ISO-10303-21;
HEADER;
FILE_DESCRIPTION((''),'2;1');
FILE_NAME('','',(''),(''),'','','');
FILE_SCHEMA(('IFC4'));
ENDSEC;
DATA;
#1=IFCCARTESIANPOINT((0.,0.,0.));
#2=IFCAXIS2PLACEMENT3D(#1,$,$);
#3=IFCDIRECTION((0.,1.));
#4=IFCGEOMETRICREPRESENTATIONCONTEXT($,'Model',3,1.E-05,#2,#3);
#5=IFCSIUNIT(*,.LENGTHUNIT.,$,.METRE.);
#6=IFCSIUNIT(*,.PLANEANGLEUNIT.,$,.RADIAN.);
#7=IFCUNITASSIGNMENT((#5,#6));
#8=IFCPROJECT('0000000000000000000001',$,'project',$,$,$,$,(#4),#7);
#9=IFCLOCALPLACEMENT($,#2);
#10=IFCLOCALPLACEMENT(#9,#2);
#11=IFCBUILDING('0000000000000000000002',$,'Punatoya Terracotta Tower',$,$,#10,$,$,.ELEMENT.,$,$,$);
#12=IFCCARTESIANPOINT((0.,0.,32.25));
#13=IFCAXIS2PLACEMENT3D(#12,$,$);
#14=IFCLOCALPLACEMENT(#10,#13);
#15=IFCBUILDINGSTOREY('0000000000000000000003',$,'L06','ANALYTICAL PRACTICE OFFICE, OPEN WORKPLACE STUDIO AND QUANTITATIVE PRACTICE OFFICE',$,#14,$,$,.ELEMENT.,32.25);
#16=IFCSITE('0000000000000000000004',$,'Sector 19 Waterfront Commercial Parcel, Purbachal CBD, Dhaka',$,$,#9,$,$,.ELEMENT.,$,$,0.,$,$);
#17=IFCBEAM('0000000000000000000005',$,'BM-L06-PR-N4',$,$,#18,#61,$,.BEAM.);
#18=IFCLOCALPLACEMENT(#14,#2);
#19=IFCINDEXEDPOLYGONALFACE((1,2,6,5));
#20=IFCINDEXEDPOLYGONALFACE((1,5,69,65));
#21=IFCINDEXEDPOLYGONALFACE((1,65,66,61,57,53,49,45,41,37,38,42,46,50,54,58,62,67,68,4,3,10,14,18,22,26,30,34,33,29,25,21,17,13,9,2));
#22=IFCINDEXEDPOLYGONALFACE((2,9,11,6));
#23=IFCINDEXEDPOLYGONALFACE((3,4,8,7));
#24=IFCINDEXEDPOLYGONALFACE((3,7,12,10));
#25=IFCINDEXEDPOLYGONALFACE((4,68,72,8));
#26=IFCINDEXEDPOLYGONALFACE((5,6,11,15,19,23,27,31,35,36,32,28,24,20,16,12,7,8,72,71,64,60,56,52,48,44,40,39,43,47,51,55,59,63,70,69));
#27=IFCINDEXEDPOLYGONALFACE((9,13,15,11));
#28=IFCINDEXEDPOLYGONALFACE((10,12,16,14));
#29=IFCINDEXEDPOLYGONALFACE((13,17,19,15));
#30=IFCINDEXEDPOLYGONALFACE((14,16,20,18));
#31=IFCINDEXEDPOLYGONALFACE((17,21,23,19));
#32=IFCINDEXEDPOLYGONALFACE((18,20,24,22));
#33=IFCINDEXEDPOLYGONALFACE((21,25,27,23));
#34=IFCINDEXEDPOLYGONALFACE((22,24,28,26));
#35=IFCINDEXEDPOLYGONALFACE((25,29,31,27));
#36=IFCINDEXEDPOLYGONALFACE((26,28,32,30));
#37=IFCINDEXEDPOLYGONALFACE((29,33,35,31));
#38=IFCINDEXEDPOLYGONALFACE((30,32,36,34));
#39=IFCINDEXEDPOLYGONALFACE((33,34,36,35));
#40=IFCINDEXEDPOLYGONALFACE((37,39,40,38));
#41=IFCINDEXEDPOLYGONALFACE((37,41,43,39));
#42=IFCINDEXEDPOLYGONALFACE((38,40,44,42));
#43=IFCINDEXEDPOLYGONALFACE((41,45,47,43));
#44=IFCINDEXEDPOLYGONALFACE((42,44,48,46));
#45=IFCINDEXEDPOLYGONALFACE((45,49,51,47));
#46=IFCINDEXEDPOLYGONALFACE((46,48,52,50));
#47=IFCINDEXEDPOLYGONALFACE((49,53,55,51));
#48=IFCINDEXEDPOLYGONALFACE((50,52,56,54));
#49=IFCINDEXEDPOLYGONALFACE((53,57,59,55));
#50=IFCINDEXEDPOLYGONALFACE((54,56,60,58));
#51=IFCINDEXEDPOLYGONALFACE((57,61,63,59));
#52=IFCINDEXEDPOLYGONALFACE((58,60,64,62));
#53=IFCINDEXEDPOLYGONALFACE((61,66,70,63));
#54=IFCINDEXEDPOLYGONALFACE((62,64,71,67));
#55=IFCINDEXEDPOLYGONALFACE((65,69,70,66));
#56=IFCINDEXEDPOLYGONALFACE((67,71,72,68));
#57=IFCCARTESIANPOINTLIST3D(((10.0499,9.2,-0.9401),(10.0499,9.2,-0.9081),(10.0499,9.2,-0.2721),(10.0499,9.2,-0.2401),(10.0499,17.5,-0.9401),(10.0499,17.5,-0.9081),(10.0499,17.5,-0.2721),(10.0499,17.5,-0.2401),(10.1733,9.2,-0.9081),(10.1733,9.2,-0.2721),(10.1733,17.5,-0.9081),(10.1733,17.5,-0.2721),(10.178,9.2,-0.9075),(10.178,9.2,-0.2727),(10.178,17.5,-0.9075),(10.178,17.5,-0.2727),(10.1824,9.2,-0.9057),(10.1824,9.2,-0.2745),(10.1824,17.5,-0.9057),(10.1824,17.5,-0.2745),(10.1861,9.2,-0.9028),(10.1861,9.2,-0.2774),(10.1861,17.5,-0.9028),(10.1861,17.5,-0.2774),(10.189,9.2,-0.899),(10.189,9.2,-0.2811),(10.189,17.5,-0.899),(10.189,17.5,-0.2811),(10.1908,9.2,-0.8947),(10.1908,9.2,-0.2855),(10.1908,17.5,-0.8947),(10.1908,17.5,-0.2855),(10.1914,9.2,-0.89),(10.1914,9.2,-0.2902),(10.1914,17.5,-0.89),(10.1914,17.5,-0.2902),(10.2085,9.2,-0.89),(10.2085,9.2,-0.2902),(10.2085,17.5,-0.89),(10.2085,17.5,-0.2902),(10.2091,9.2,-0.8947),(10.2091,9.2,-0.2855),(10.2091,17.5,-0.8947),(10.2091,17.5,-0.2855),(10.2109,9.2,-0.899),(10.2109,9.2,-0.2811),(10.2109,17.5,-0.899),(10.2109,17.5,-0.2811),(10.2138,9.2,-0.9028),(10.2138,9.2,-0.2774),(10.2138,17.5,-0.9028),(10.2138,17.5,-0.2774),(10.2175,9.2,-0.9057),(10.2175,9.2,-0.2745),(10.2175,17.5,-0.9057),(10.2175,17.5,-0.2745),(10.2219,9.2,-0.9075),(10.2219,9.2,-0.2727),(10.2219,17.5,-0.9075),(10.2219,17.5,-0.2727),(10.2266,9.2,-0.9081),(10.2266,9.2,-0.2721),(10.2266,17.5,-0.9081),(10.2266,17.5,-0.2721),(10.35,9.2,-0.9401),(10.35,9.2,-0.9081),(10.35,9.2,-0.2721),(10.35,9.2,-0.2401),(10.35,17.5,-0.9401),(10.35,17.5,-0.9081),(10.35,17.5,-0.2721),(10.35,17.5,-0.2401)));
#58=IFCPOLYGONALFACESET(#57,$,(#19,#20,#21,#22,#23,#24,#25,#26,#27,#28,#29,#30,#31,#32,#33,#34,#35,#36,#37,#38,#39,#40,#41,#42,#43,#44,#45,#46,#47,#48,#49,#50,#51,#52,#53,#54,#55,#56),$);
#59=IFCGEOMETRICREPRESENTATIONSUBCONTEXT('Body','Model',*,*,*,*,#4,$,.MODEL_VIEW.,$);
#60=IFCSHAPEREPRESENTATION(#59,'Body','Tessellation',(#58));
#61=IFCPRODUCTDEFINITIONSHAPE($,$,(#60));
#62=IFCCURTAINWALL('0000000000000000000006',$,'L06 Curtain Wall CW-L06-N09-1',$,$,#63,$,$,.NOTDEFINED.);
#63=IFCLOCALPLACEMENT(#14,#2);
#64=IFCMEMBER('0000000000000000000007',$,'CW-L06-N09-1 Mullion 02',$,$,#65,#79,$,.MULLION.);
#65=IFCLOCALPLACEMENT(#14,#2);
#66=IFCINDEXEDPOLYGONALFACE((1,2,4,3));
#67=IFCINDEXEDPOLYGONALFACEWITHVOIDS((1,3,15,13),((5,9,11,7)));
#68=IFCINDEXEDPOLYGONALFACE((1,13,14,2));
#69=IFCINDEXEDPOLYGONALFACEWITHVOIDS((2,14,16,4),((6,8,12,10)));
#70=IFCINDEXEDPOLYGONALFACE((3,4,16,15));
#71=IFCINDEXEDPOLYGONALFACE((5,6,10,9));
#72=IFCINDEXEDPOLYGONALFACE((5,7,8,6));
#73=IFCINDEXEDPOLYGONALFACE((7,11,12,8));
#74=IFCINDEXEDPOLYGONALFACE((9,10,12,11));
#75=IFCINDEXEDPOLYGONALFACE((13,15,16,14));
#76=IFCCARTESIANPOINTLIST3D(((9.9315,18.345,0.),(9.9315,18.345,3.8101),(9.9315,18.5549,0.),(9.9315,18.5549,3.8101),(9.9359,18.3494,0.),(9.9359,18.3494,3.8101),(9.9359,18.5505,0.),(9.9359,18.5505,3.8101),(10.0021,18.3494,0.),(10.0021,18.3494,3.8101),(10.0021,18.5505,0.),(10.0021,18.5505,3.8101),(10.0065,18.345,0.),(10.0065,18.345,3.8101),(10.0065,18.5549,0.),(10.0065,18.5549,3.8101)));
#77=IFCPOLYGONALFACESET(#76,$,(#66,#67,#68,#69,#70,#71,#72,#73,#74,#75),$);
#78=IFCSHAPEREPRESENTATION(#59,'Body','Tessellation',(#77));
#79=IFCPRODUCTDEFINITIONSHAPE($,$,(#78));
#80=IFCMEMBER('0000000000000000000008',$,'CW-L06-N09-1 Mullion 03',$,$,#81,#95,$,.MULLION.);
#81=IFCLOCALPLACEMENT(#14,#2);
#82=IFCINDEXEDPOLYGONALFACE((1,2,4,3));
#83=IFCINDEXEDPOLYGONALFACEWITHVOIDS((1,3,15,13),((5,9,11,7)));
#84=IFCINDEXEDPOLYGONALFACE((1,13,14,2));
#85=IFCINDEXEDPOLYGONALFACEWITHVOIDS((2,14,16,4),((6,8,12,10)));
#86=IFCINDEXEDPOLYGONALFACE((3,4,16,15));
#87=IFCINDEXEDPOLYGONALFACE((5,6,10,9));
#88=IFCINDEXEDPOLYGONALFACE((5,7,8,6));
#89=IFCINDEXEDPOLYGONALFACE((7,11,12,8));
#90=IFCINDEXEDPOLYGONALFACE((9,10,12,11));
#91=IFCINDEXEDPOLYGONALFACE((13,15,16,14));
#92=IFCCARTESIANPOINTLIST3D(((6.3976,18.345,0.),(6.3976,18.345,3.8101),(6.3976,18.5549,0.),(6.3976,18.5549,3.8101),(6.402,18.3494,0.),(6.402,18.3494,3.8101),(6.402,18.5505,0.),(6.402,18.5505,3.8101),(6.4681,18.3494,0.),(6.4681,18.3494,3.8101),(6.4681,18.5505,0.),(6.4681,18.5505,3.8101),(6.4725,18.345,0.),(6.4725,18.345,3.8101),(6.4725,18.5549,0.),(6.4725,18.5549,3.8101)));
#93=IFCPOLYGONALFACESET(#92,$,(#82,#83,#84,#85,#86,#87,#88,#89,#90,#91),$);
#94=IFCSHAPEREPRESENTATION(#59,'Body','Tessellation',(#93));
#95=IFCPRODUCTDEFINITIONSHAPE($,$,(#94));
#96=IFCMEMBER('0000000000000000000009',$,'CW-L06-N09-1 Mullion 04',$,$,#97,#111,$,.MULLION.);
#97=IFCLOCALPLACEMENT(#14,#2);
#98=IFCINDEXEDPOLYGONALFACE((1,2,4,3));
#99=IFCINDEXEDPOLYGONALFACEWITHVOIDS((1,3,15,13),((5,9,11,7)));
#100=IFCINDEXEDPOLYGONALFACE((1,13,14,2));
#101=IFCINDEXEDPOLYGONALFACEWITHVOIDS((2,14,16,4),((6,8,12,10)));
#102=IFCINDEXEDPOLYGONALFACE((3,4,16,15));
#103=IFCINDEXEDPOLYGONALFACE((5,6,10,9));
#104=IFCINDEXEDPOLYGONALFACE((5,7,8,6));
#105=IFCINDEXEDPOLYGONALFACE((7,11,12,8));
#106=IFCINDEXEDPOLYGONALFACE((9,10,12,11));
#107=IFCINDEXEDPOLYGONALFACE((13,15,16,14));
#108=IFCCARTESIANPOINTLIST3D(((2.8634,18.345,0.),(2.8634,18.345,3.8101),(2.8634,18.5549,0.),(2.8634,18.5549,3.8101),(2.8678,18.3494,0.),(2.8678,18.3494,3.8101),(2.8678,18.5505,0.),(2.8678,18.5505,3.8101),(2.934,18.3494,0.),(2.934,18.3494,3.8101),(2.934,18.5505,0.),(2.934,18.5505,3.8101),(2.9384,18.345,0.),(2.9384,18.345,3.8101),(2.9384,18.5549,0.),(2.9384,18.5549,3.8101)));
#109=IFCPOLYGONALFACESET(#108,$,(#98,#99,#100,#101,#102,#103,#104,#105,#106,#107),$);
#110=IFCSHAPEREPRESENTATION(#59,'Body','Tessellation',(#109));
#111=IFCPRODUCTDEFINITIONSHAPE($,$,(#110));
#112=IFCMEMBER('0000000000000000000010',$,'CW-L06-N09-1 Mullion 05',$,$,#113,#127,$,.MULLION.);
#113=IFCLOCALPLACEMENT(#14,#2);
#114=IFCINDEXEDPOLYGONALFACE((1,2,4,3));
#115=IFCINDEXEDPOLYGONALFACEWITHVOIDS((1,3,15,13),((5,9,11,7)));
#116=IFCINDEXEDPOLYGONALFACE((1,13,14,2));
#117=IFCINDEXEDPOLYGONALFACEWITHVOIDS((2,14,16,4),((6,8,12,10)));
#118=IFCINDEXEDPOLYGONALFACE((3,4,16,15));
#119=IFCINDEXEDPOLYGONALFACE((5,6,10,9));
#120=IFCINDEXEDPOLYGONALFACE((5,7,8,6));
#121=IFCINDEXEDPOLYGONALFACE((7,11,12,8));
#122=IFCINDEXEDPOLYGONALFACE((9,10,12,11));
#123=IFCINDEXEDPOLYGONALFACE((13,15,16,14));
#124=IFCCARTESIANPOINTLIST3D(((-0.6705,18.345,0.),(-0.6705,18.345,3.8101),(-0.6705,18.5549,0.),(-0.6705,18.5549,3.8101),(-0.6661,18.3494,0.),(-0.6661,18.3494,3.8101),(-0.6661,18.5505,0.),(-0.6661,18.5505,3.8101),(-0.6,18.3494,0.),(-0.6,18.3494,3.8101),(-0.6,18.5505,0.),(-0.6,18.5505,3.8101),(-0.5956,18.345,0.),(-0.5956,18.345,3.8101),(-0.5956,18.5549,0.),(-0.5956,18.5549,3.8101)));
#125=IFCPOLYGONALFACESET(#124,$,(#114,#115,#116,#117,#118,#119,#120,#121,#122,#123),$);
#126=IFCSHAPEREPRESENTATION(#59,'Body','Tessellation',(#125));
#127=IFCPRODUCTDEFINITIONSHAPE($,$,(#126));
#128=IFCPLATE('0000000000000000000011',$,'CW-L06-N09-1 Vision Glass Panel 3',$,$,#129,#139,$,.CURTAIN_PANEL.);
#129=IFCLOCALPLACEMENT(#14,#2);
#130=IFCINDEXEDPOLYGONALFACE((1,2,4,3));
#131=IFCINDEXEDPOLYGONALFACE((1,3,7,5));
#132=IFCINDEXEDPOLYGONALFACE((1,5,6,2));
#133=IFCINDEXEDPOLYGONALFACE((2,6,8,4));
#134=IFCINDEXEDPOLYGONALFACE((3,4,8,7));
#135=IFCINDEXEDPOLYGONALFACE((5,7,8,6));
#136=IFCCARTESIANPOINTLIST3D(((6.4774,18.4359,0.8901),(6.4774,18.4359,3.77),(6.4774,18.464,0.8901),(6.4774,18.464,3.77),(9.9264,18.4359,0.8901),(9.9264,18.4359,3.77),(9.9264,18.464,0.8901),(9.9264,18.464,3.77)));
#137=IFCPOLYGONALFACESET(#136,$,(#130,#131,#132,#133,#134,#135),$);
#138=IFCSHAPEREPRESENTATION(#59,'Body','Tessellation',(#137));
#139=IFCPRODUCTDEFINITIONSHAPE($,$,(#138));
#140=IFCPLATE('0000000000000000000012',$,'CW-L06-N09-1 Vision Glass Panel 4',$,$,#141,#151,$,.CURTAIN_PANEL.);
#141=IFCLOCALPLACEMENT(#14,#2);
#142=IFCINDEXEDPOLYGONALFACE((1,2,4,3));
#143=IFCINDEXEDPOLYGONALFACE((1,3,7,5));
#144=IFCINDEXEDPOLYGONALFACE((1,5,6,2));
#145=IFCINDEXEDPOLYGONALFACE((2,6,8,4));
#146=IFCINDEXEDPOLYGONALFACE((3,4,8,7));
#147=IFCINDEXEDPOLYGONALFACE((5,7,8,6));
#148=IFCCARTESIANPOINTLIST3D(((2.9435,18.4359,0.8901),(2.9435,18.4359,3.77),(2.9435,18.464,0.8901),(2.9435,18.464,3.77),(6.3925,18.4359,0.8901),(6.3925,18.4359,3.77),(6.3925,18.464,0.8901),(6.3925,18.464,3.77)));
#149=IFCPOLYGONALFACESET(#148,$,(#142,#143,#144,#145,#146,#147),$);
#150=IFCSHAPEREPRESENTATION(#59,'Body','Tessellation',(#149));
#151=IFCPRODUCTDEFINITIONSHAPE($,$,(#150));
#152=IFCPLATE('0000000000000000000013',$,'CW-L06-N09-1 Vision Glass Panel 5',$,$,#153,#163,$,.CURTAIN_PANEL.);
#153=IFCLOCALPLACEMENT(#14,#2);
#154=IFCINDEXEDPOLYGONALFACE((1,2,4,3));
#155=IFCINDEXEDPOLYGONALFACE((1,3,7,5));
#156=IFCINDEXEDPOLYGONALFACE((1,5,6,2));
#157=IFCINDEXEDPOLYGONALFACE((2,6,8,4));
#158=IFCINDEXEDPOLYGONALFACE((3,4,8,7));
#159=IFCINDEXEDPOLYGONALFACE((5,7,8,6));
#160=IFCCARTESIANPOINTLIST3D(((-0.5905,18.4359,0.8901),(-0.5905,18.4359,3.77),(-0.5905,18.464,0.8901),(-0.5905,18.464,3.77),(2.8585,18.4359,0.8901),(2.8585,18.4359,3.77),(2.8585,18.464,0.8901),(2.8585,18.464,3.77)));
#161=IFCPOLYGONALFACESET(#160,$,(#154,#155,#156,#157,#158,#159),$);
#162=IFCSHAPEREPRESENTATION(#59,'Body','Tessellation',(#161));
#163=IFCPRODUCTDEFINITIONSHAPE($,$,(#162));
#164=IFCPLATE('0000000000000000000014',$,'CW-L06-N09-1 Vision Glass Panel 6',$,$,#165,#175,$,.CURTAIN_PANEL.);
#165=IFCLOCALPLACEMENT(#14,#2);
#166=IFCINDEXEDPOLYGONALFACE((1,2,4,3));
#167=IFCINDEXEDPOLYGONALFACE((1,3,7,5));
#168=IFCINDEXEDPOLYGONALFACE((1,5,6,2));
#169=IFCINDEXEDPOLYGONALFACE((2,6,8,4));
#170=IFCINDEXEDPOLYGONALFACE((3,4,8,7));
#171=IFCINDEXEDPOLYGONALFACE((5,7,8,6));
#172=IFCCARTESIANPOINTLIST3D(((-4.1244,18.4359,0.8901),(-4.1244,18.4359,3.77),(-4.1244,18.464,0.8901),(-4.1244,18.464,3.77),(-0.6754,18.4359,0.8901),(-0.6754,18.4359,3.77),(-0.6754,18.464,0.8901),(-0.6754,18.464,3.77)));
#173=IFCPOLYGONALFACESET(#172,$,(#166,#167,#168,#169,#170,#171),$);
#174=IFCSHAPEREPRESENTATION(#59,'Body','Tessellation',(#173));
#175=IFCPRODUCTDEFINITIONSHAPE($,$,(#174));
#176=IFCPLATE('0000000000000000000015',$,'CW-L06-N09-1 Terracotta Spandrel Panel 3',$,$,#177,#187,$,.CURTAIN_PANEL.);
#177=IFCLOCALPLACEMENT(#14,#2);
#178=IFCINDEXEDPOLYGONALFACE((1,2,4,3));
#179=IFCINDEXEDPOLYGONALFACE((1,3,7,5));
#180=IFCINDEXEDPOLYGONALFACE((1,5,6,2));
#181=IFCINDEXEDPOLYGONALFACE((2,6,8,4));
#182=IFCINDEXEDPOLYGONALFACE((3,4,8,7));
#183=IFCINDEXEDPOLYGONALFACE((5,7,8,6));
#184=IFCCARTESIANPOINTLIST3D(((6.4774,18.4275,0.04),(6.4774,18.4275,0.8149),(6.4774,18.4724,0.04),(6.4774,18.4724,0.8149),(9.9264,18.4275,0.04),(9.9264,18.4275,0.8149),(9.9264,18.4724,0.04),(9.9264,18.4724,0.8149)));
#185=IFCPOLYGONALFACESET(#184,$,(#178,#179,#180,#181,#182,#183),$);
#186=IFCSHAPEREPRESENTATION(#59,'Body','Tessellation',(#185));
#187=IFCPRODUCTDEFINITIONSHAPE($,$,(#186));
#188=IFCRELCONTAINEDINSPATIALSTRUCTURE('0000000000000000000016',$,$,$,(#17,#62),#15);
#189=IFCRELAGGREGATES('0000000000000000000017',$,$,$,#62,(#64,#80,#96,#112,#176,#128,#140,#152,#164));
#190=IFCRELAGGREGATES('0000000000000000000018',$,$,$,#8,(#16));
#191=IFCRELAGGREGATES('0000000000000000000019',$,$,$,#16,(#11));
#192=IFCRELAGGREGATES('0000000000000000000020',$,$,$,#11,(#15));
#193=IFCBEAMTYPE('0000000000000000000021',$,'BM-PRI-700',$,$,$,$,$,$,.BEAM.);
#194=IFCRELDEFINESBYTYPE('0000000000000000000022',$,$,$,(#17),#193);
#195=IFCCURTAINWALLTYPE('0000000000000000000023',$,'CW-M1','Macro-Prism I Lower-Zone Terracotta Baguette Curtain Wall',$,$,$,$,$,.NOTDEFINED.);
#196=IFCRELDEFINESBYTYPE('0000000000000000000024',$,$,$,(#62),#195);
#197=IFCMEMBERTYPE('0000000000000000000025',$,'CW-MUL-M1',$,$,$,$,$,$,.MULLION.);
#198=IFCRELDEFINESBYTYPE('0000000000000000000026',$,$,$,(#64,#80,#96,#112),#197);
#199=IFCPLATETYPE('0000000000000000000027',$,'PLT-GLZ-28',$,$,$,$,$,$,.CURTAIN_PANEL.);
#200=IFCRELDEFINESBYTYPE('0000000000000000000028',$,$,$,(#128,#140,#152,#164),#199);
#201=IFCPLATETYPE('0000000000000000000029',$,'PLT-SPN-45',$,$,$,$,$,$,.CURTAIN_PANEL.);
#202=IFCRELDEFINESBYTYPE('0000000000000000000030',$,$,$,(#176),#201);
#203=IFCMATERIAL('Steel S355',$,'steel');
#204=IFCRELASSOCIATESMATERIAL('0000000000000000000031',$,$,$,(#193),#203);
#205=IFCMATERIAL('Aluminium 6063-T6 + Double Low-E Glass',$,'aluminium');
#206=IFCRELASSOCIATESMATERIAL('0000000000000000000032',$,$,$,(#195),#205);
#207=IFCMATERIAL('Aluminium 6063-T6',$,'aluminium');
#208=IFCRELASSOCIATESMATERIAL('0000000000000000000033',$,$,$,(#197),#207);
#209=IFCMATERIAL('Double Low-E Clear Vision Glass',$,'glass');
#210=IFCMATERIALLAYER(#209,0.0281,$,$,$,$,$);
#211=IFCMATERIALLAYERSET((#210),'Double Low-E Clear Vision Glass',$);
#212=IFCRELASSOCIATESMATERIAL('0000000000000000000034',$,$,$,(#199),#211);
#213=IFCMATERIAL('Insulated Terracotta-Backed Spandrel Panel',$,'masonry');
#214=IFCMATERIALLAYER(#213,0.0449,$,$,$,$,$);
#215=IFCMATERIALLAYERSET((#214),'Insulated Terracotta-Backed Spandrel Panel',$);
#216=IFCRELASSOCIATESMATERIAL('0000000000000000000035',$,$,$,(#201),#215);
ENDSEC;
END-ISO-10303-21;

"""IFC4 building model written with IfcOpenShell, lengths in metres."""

from ifc_helpers import new_model, si_unit, direction, frame, origin, origin_2d, place, context, subcontext, project, spatial, rectangle, hollow_rectangle, i_section, extrude, material, layer, layer_set, material_profile, profile_set, type_object, element, aggregate, save


model = new_model("IFC4")

# Units and contexts
model_context = context("Model", 3, precision=1e-05, world=origin(), true_north=direction((0.0, 1.0)))
body_context = subcontext(model_context, "Body", "Model", "MODEL_VIEW")
ifc_project = project(units=[si_unit("LENGTHUNIT", "METRE"), si_unit("PLANEANGLEUNIT", "RADIAN")], contexts=[model_context])

# Site, building, storey
site_placement = place(None, origin())
site = spatial("IfcSite", under=ifc_project, at=site_placement, Name="Sector 19 Waterfront Commercial Parcel, Purbachal CBD, Dhaka", CompositionType="ELEMENT", RefElevation=0.0)
building_placement = place(site_placement, origin())
building = spatial("IfcBuilding", under=site, at=building_placement, Name="Punatoya Terracotta Tower", CompositionType="ELEMENT")
storey_placement = place(building_placement, frame((0.0, 0.0, 32.25)))
storey = spatial("IfcBuildingStorey", under=building, at=storey_placement, Name="L06", Description="ANALYTICAL PRACTICE OFFICE, OPEN WORKPLACE STUDIO AND QUANTITATIVE PRACTICE OFFICE", CompositionType="ELEMENT", Elevation=32.25)

# Beam
ifc_material_1 = material(Name="Steel S355", Category="steel")
ifc_material_profile_1 = material_profile(ifc_material_1, i_section(OverallWidth=0.3, OverallDepth=0.7, WebThickness=0.0171, FlangeThickness=0.032, FilletRadius=0.0181, at=origin_2d()))
ifc_profile_set_1 = profile_set([ifc_material_profile_1], Name="Steel S355")
beam_type = type_object("IfcBeamType", Name="BM-PRI-700", PredefinedType="BEAM", material=ifc_profile_set_1)
for number, where, z_axis, x_axis, name in (
    (1, (10.2, 9.2, -0.5901), (0.0, 1.0, 0.0), (-1.0, 0.0, 0.0), "BM-L06-PR-N4"),
):
    element("IfcBeam", number, at=place(storey_placement, frame(where, z_axis=z_axis, x_axis=x_axis)), inside=storey, type_object=beam_type, Name=name, PredefinedType="BEAM", context=body_context, shape_type="SweptSolid", body=[
        extrude(i_section(OverallWidth=0.3, OverallDepth=0.7, WebThickness=0.0171, FlangeThickness=0.032, FilletRadius=0.0181, at=origin_2d()), origin(), (0.0, 0.0, 1.0), 8.3),
    ])

# Curtain wall, members, plates
ifc_material_2 = material(Name="Aluminium 6063-T6 + Double Low-E Glass", Category="aluminium")
curtain_wall_type = type_object("IfcCurtainWallType", Name="CW-M1", Description="Macro-Prism I Lower-Zone Terracotta Baguette Curtain Wall", PredefinedType="NOTDEFINED", material=ifc_material_2)
curtain_wall_placement = place(storey_placement, origin())
curtain_wall = element("IfcCurtainWall", 2, at=curtain_wall_placement, inside=storey, type_object=curtain_wall_type, Name="L06 Curtain Wall CW-L06-N09-1", PredefinedType="NOTDEFINED")
ifc_material_3 = material(Name="Aluminium 6063-T6", Category="aluminium")
ifc_material_profile_2 = material_profile(ifc_material_3, hollow_rectangle(XDim=0.075, YDim=0.21, WallThickness=0.0044, at=origin_2d()))
ifc_profile_set_2 = profile_set([ifc_material_profile_2], Name="Aluminium 6063-T6")
member_type = type_object("IfcMemberType", Name="CW-MUL-M1", PredefinedType="MULLION", material=ifc_profile_set_2)
member_1_placement = place(storey_placement, frame((9.969, 18.45, 0.0), z_axis=(0.0, 0.0, 1.0), x_axis=(1.0, 0.0, 0.0)))
member_1 = element("IfcMember", 3, at=member_1_placement, type_object=member_type, Name="CW-L06-N09-1 Mullion 02", PredefinedType="MULLION", context=body_context, shape_type="SweptSolid", body=[
    extrude(hollow_rectangle(XDim=0.075, YDim=0.21, WallThickness=0.0044, at=origin_2d()), origin(), (0.0, 0.0, 1.0), 3.8101),
])
member_2_placement = place(storey_placement, frame((6.4351, 18.45, 0.0), z_axis=(0.0, 0.0, 1.0), x_axis=(1.0, 0.0, 0.0)))
member_2 = element("IfcMember", 4, at=member_2_placement, type_object=member_type, Name="CW-L06-N09-1 Mullion 03", PredefinedType="MULLION", context=body_context, shape_type="SweptSolid", body=[
    extrude(hollow_rectangle(XDim=0.075, YDim=0.21, WallThickness=0.0044, at=origin_2d()), origin(), (0.0, 0.0, 1.0), 3.8101),
])
member_3_placement = place(storey_placement, frame((2.9009, 18.45, 0.0), z_axis=(0.0, 0.0, 1.0), x_axis=(1.0, 0.0, 0.0)))
member_3 = element("IfcMember", 5, at=member_3_placement, type_object=member_type, Name="CW-L06-N09-1 Mullion 04", PredefinedType="MULLION", context=body_context, shape_type="SweptSolid", body=[
    extrude(hollow_rectangle(XDim=0.075, YDim=0.21, WallThickness=0.0044, at=origin_2d()), origin(), (0.0, 0.0, 1.0), 3.8101),
])
member_4_placement = place(storey_placement, frame((-0.6331, 18.45, 0.0), z_axis=(0.0, 0.0, 1.0), x_axis=(1.0, 0.0, 0.0)))
member_4 = element("IfcMember", 6, at=member_4_placement, type_object=member_type, Name="CW-L06-N09-1 Mullion 05", PredefinedType="MULLION", context=body_context, shape_type="SweptSolid", body=[
    extrude(hollow_rectangle(XDim=0.075, YDim=0.21, WallThickness=0.0044, at=origin_2d()), origin(), (0.0, 0.0, 1.0), 3.8101),
])
ifc_material_4 = material(Name="Double Low-E Clear Vision Glass", Category="glass")
ifc_layer_1 = layer(ifc_material_4, 0.0281)
ifc_layer_set_1 = layer_set([ifc_layer_1], Name="Double Low-E Clear Vision Glass")
plate_type_1 = type_object("IfcPlateType", Name="PLT-GLZ-28", PredefinedType="CURTAIN_PANEL", material=ifc_layer_set_1)
plate_1_placement = place(storey_placement, frame((8.2019, 18.45, 0.8901), z_axis=(0.0, 0.0, 1.0), x_axis=(-1.0, 0.0, 0.0)))
plate_1 = element("IfcPlate", 7, at=plate_1_placement, type_object=plate_type_1, Name="CW-L06-N09-1 Vision Glass Panel 3", PredefinedType="CURTAIN_PANEL", context=body_context, shape_type="SweptSolid", body=[
    extrude(rectangle(XDim=3.449, YDim=0.0281, at=origin_2d()), origin(), (0.0, 0.0, 1.0), 2.8799),
])
plate_2_placement = place(storey_placement, frame((4.668, 18.45, 0.8901), z_axis=(0.0, 0.0, 1.0), x_axis=(-1.0, 0.0, 0.0)))
plate_2 = element("IfcPlate", 8, at=plate_2_placement, type_object=plate_type_1, Name="CW-L06-N09-1 Vision Glass Panel 4", PredefinedType="CURTAIN_PANEL", context=body_context, shape_type="SweptSolid", body=[
    extrude(rectangle(XDim=3.449, YDim=0.0281, at=origin_2d()), origin(), (0.0, 0.0, 1.0), 2.8799),
])
plate_3_placement = place(storey_placement, frame((1.134, 18.45, 0.8901), z_axis=(0.0, 0.0, 1.0), x_axis=(-1.0, 0.0, 0.0)))
plate_3 = element("IfcPlate", 9, at=plate_3_placement, type_object=plate_type_1, Name="CW-L06-N09-1 Vision Glass Panel 5", PredefinedType="CURTAIN_PANEL", context=body_context, shape_type="SweptSolid", body=[
    extrude(rectangle(XDim=3.449, YDim=0.0281, at=origin_2d()), origin(), (0.0, 0.0, 1.0), 2.8799),
])
plate_4_placement = place(storey_placement, frame((-2.3999, 18.45, 0.8901), z_axis=(0.0, 0.0, 1.0), x_axis=(-1.0, 0.0, 0.0)))
plate_4 = element("IfcPlate", 10, at=plate_4_placement, type_object=plate_type_1, Name="CW-L06-N09-1 Vision Glass Panel 6", PredefinedType="CURTAIN_PANEL", context=body_context, shape_type="SweptSolid", body=[
    extrude(rectangle(XDim=3.449, YDim=0.0281, at=origin_2d()), origin(), (0.0, 0.0, 1.0), 2.8799),
])
ifc_material_5 = material(Name="Insulated Terracotta-Backed Spandrel Panel", Category="masonry")
ifc_layer_2 = layer(ifc_material_5, 0.0449)
ifc_layer_set_2 = layer_set([ifc_layer_2], Name="Insulated Terracotta-Backed Spandrel Panel")
plate_type_2 = type_object("IfcPlateType", Name="PLT-SPN-45", PredefinedType="CURTAIN_PANEL", material=ifc_layer_set_2)
plate_5_placement = place(storey_placement, frame((8.2019, 18.45, 0.04), z_axis=(0.0, 0.0, 1.0), x_axis=(-1.0, 0.0, 0.0)))
plate_5 = element("IfcPlate", 11, at=plate_5_placement, type_object=plate_type_2, Name="CW-L06-N09-1 Terracotta Spandrel Panel 3", PredefinedType="CURTAIN_PANEL", context=body_context, shape_type="SweptSolid", body=[
    extrude(rectangle(XDim=3.449, YDim=0.0449, at=origin_2d()), origin(), (0.0, 0.0, 1.0), 0.7749),
])
aggregate(curtain_wall, [member_1, member_2, member_3, member_4, plate_5, plate_1, plate_2, plate_3, plate_4])

save(model, "model.ifc")
